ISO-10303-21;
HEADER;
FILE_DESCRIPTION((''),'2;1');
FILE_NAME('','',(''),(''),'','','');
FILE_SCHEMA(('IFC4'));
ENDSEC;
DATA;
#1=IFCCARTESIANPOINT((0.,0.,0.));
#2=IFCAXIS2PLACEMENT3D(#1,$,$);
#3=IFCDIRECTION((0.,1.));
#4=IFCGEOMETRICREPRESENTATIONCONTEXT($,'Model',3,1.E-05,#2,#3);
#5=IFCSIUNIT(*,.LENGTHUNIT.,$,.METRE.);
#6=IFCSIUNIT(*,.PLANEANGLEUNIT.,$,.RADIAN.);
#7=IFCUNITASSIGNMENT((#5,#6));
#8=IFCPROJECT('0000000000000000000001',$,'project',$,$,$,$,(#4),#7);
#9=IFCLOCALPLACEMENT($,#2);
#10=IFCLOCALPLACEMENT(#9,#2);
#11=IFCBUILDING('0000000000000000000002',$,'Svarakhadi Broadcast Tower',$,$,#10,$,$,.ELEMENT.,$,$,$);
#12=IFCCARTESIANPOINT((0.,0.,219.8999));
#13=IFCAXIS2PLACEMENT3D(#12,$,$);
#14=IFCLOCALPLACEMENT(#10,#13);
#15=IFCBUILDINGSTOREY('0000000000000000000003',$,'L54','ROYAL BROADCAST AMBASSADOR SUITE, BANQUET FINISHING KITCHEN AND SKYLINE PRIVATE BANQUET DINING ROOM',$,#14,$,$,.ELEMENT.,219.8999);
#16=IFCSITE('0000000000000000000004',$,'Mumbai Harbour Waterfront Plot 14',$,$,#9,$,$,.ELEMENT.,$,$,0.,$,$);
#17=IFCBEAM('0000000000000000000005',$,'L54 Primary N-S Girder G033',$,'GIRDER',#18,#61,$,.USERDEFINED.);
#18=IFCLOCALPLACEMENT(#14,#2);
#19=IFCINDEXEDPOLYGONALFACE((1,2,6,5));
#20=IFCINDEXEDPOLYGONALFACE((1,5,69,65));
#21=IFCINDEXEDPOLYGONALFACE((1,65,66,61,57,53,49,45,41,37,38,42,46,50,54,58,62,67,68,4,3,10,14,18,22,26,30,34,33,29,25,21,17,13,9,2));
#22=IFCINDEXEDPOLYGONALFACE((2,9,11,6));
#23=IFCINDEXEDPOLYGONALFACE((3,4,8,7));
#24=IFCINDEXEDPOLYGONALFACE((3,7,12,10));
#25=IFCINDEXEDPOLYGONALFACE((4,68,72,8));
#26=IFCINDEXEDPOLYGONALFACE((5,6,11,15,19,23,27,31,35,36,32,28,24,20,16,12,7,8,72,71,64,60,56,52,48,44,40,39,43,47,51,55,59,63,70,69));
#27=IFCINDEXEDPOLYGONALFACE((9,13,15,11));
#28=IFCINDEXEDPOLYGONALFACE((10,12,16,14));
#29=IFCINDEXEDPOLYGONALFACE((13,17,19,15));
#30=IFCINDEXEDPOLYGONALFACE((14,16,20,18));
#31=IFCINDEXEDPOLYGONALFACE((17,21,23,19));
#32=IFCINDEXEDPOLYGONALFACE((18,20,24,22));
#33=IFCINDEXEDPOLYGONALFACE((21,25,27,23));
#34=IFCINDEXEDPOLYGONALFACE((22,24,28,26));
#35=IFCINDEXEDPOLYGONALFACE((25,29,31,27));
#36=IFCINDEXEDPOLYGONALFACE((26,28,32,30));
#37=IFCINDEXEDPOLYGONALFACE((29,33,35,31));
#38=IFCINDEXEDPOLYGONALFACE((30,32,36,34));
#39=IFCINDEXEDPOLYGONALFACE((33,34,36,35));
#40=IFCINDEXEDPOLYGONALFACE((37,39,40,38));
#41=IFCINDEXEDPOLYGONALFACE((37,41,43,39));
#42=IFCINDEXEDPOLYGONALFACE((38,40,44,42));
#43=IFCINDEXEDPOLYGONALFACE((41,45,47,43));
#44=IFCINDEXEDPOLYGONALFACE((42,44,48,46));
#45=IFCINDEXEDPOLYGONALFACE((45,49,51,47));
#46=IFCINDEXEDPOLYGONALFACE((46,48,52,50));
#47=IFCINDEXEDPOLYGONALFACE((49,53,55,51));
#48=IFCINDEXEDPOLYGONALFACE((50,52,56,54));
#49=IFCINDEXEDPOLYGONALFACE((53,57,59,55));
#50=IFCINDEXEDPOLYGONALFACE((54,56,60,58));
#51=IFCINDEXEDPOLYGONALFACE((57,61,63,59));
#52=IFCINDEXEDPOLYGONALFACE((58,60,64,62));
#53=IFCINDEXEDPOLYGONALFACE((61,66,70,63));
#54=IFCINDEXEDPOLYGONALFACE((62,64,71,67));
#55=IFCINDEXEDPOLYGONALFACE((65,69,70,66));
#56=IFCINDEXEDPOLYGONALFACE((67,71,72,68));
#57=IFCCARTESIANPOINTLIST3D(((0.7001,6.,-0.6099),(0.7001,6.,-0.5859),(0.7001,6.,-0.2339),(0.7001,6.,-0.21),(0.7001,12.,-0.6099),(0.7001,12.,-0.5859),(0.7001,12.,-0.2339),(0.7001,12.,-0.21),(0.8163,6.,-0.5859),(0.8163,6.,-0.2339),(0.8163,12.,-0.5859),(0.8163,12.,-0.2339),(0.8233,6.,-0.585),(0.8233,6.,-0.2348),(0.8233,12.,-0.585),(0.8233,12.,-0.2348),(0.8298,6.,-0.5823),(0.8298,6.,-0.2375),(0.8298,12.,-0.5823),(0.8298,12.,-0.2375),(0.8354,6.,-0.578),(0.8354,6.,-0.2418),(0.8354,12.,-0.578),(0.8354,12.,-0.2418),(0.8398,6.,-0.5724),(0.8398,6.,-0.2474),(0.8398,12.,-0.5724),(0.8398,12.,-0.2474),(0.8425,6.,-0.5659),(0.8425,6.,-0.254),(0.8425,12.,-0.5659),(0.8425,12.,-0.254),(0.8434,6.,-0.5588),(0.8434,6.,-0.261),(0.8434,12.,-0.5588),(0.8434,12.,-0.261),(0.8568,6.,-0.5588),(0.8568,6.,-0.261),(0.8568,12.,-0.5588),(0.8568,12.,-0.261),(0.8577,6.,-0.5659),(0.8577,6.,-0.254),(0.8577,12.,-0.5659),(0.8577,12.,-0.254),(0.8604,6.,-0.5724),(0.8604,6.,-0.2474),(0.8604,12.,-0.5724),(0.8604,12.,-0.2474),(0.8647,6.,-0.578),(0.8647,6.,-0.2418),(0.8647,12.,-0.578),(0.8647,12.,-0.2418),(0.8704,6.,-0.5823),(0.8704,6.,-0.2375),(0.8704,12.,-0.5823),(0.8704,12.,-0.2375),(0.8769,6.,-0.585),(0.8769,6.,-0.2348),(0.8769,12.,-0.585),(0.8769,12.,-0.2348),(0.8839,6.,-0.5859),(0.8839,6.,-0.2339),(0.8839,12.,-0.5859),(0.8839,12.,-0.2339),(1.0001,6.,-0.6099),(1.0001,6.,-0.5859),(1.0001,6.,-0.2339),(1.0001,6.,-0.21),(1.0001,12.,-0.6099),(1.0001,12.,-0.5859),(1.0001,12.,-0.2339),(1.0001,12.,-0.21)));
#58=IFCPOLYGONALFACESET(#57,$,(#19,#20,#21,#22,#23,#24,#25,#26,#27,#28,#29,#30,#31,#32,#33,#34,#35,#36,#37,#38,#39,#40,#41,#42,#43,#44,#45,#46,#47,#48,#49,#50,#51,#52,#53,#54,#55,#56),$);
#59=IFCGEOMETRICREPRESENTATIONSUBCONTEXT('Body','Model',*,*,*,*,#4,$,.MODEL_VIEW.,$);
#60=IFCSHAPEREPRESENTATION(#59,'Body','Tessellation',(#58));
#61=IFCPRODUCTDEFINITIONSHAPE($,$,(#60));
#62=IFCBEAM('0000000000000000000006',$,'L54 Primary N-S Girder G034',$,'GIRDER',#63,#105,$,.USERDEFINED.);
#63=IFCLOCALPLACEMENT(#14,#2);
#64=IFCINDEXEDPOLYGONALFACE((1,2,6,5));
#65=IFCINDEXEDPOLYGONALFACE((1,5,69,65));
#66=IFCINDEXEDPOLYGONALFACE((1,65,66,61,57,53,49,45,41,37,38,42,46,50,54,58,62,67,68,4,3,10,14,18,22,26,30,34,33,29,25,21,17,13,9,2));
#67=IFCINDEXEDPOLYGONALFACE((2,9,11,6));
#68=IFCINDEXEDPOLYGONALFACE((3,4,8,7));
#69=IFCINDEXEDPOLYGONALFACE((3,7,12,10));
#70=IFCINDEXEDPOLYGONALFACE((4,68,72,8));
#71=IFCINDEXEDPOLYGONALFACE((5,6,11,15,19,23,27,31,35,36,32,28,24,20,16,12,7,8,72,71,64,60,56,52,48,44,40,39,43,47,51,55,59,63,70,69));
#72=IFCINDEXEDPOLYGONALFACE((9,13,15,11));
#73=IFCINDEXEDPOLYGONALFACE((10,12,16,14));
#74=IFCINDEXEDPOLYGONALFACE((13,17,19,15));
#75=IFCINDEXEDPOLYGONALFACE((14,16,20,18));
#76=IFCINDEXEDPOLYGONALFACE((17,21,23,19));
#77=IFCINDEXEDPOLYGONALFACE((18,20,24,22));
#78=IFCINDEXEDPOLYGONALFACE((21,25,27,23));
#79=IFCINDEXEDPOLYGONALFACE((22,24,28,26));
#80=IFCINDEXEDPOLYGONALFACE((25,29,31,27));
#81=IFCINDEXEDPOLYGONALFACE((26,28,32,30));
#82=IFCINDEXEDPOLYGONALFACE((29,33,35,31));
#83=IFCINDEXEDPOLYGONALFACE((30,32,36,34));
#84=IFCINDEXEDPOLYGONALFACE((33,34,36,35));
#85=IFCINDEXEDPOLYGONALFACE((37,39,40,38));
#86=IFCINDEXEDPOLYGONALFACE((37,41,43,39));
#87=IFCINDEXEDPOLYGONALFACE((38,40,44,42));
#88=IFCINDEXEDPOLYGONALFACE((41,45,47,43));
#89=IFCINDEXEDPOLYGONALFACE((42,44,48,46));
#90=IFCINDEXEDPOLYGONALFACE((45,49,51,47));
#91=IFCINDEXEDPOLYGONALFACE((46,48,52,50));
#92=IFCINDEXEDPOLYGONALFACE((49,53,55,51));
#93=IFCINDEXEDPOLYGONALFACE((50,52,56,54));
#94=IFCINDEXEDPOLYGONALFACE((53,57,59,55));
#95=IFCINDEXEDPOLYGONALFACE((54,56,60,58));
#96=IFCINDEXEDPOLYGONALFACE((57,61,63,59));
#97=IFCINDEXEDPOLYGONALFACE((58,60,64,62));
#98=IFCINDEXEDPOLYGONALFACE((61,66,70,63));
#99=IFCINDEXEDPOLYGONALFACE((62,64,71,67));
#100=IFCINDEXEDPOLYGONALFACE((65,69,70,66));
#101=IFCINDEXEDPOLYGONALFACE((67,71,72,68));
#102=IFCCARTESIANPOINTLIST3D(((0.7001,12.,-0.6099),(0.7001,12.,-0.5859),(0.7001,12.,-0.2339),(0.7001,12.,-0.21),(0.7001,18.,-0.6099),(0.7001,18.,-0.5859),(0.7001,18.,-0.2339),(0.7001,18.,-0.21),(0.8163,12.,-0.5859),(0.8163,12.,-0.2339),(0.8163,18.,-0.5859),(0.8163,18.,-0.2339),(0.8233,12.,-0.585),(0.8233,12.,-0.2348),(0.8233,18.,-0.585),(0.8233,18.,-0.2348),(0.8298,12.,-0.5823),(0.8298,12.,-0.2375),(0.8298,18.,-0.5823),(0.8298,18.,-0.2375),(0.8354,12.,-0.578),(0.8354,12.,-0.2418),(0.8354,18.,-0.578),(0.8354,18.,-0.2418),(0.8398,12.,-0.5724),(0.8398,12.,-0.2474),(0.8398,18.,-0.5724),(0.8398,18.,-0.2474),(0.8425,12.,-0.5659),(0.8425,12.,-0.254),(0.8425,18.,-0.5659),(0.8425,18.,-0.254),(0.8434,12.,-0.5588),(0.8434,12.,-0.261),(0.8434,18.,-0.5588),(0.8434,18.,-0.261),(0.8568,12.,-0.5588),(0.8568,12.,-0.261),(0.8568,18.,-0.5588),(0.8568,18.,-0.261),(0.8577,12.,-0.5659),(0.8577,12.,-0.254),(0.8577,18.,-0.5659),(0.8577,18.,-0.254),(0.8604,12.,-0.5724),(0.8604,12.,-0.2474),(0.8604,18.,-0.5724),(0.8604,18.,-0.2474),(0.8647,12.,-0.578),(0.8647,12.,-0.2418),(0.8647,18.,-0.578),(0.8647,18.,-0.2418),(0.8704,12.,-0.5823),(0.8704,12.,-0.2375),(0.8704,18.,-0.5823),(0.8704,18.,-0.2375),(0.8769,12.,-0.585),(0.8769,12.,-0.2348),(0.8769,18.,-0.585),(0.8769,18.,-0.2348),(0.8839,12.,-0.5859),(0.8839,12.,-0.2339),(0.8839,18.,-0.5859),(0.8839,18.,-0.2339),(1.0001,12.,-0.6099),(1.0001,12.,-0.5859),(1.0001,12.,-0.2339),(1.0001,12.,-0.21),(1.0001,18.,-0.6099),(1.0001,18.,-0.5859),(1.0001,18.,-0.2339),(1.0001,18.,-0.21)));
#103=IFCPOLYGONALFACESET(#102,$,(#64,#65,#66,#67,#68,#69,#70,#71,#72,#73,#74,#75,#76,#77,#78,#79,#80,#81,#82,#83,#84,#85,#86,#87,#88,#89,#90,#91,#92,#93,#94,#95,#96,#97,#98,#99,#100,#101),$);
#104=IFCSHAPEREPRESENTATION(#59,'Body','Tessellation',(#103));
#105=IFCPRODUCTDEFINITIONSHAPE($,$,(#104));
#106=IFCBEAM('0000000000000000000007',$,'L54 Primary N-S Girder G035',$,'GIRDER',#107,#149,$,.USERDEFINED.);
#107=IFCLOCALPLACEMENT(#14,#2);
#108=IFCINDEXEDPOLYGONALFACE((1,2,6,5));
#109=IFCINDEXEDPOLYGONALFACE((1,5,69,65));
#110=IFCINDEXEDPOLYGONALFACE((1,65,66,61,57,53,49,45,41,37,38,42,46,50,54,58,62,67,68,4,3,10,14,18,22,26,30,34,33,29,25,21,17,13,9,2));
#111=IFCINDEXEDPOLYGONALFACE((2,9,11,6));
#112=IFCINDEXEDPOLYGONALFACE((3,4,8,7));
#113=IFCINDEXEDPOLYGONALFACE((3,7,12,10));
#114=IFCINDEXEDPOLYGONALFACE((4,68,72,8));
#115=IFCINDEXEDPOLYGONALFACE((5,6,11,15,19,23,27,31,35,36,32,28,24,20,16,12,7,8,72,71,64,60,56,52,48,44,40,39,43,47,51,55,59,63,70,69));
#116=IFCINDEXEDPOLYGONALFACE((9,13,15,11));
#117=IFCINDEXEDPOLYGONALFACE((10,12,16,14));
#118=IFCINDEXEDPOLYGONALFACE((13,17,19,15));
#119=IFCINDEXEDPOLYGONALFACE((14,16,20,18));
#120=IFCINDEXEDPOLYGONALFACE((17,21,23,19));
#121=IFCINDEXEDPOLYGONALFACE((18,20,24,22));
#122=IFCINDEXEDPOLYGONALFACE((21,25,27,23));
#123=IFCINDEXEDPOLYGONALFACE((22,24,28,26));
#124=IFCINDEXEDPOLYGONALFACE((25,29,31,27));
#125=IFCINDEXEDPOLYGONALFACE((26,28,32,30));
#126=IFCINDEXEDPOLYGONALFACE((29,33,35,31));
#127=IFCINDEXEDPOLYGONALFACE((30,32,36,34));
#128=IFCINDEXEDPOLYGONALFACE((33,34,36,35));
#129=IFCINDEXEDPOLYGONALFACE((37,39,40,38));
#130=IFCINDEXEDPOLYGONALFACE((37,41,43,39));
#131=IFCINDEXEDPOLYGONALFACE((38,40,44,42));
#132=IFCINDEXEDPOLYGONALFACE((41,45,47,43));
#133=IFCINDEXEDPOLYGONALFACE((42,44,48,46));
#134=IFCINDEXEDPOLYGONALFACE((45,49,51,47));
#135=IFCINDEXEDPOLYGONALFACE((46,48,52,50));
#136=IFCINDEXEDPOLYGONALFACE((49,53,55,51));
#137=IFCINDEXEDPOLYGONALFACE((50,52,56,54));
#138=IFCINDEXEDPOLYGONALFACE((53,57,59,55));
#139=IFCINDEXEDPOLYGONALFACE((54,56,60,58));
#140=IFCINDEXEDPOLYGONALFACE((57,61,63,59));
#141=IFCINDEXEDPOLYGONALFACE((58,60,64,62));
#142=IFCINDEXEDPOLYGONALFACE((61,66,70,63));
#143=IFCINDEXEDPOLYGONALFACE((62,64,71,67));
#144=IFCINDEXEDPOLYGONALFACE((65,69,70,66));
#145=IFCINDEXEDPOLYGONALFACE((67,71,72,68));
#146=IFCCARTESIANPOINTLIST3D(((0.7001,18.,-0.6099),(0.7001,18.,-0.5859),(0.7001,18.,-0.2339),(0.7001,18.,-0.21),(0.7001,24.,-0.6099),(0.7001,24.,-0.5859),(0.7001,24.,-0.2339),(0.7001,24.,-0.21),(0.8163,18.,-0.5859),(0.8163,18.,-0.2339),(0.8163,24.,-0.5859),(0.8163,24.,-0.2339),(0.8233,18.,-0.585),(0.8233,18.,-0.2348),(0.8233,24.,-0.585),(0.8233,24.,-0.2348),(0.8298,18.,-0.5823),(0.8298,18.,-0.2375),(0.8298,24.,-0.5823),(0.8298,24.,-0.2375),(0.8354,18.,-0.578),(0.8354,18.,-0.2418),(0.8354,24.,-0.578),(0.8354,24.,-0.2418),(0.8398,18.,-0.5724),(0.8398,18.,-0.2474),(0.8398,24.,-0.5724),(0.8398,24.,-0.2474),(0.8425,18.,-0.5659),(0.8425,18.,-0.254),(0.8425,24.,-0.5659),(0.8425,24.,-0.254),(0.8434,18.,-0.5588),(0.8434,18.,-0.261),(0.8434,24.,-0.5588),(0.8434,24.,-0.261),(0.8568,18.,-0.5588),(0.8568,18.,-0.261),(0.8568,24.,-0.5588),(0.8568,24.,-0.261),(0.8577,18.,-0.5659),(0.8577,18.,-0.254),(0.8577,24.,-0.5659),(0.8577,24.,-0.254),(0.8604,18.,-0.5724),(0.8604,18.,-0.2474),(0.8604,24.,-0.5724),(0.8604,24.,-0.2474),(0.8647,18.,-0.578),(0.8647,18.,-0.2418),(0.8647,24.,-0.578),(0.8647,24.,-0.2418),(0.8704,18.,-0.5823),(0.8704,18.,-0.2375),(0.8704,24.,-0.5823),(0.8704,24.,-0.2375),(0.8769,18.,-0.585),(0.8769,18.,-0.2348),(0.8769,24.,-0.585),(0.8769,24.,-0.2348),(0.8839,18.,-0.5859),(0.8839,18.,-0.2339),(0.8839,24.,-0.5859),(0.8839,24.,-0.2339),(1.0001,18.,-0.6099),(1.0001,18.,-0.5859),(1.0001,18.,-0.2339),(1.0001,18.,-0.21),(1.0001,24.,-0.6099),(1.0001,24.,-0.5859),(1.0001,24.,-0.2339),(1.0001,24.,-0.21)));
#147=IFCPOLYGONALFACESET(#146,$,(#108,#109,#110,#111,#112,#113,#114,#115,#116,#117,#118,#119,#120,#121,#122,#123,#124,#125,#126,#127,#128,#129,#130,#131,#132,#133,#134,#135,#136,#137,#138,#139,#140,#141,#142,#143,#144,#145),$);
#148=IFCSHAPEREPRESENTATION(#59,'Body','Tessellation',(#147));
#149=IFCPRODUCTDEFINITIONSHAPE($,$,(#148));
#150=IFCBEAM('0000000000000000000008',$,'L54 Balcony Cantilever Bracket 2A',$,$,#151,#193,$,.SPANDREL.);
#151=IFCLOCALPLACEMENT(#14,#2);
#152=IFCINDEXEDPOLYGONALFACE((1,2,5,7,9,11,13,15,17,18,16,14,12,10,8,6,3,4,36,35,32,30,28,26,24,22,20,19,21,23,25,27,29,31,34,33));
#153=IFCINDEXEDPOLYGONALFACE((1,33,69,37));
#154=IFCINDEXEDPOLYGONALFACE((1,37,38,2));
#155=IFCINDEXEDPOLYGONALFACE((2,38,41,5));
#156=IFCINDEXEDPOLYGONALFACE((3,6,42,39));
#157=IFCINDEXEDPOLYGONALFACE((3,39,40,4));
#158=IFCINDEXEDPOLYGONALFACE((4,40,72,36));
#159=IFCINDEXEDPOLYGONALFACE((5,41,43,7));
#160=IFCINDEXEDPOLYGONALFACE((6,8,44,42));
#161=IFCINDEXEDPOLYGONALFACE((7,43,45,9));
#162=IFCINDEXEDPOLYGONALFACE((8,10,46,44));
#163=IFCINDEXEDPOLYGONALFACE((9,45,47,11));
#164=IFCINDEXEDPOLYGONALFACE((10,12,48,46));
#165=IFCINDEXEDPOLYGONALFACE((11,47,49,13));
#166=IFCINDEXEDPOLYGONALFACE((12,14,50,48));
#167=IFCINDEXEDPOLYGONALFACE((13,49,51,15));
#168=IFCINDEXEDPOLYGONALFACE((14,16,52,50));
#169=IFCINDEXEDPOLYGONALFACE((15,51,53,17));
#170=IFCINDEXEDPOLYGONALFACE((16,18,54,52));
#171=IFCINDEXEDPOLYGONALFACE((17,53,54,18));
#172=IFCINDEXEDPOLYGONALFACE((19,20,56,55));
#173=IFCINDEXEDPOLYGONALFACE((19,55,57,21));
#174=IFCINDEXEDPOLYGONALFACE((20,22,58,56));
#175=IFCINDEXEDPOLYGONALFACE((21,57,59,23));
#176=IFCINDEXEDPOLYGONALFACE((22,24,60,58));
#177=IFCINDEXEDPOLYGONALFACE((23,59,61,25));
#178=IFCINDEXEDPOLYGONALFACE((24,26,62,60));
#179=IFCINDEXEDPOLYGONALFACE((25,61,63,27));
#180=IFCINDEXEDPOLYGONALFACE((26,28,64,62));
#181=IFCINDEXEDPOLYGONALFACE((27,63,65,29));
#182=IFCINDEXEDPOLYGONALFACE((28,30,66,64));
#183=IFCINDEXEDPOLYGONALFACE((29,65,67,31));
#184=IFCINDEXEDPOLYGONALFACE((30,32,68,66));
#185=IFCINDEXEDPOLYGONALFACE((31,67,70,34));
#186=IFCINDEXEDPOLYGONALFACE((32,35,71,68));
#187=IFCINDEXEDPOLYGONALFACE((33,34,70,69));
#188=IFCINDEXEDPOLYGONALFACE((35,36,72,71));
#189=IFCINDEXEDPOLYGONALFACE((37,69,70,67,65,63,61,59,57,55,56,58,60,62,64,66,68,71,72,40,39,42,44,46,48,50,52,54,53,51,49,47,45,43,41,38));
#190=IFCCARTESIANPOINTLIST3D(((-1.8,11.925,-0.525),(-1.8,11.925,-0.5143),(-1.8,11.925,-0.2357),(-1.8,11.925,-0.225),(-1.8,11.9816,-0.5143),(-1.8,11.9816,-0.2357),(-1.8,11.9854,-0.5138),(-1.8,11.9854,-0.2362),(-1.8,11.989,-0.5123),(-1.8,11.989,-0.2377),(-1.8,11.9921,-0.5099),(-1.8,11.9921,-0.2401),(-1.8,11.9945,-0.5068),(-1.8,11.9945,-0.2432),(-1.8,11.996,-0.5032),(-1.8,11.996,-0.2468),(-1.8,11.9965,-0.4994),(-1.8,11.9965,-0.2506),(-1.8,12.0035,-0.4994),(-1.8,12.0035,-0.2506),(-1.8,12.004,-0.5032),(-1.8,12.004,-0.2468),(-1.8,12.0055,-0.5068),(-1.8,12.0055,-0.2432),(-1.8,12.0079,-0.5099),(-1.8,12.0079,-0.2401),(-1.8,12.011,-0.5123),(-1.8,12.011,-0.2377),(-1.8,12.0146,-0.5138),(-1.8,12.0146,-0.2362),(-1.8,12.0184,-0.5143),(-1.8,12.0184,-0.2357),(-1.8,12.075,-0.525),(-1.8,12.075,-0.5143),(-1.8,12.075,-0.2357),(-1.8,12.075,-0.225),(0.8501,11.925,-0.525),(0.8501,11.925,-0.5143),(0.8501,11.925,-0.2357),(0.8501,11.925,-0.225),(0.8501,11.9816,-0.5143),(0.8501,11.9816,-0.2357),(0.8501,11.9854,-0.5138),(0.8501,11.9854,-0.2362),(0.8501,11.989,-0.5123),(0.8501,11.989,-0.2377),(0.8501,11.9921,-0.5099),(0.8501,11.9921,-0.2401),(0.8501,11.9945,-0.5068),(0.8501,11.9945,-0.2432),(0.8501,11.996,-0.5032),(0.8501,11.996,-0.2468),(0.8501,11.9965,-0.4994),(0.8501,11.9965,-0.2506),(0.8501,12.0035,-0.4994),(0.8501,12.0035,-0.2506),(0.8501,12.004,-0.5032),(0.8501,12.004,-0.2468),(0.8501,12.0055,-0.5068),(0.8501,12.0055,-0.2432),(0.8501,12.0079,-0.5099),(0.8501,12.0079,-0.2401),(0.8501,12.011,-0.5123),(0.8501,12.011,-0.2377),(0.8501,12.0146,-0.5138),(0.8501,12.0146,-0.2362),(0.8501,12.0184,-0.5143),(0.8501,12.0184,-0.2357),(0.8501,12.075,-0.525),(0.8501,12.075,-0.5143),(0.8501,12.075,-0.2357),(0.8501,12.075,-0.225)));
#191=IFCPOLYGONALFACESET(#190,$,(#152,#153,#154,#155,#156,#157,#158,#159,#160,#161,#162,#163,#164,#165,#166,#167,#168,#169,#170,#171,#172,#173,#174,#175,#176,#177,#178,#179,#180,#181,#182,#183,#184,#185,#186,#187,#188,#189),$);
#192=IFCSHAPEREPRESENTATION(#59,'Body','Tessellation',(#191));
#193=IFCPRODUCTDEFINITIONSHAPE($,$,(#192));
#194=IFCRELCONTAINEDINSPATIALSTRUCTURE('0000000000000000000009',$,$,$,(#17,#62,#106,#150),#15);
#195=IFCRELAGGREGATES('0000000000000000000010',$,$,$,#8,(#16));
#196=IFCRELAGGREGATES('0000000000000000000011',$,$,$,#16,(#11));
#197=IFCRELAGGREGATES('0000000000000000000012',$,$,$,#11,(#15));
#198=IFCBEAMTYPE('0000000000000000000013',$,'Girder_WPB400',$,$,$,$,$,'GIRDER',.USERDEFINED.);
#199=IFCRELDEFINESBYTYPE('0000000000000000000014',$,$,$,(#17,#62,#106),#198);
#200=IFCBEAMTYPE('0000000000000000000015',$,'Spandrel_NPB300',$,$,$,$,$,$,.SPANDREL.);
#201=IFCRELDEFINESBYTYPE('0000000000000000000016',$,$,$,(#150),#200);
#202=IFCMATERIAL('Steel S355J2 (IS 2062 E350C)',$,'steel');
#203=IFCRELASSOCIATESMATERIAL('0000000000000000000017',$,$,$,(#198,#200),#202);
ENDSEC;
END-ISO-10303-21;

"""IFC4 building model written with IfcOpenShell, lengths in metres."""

from ifc_helpers import new_model, si_unit, direction, frame, origin, origin_2d, place, context, subcontext, project, spatial, i_section, extrude, material, material_profile, profile_set, type_object, element, save


model = new_model("IFC4")

# Units and contexts
model_context = context("Model", 3, precision=1e-05, world=origin(), true_north=direction((0.0, 1.0)))
body_context = subcontext(model_context, "Body", "Model", "MODEL_VIEW")
ifc_project = project(units=[si_unit("LENGTHUNIT", "METRE"), si_unit("PLANEANGLEUNIT", "RADIAN")], contexts=[model_context])

# Site, building, storey
site_placement = place(None, origin())
site = spatial("IfcSite", under=ifc_project, at=site_placement, Name="Mumbai Harbour Waterfront Plot 14", CompositionType="ELEMENT", RefElevation=0.0)
building_placement = place(site_placement, origin())
building = spatial("IfcBuilding", under=site, at=building_placement, Name="Svarakhadi Broadcast Tower", CompositionType="ELEMENT")
storey_placement = place(building_placement, frame((0.0, 0.0, 219.8999)))
storey = spatial("IfcBuildingStorey", under=building, at=storey_placement, Name="L54", Description="ROYAL BROADCAST AMBASSADOR SUITE, BANQUET FINISHING KITCHEN AND SKYLINE PRIVATE BANQUET DINING ROOM", CompositionType="ELEMENT", Elevation=219.8999)

# Beams
ifc_material_1 = material(Name="Steel S355J2 (IS 2062 E350C)", Category="steel")
ifc_material_profile_1 = material_profile(ifc_material_1, i_section(OverallWidth=0.3, OverallDepth=0.3999, WebThickness=0.0134, FlangeThickness=0.0239, FilletRadius=0.0271, at=origin_2d()), Name="WPB 400x300x155")
ifc_profile_set_1 = profile_set([ifc_material_profile_1], Name="Steel S355J2 (IS 2062 E350C)")
beam_type_1 = type_object("IfcBeamType", Name="Girder_WPB400", ElementType="GIRDER", PredefinedType="USERDEFINED", material=ifc_profile_set_1)
for number, where, z_axis, x_axis, name in (
    (1, (0.8501, 6.0, -0.4099), (0.0, 1.0, 0.0), (-1.0, 0.0, 0.0), "L54 Primary N-S Girder G033"),
    (2, (0.8501, 12.0, -0.4099), (0.0, 1.0, 0.0), (-1.0, 0.0, 0.0), "L54 Primary N-S Girder G034"),
    (3, (0.8501, 18.0, -0.4099), (0.0, 1.0, 0.0), (-1.0, 0.0, 0.0), "L54 Primary N-S Girder G035"),
):
    element("IfcBeam", number, at=place(storey_placement, frame(where, z_axis=z_axis, x_axis=x_axis)), inside=storey, type_object=beam_type_1, Name=name, ObjectType="GIRDER", PredefinedType="USERDEFINED", context=body_context, shape_type="SweptSolid", body=[
        extrude(i_section(OverallWidth=0.3, OverallDepth=0.3999, WebThickness=0.0134, FlangeThickness=0.0239, FilletRadius=0.0271, at=origin_2d()), origin(), (0.0, 0.0, 1.0), 6.0),
    ])
ifc_material_profile_2 = material_profile(ifc_material_1, i_section(OverallWidth=0.1499, OverallDepth=0.3, WebThickness=0.0071, FlangeThickness=0.0107, FilletRadius=0.0149, at=origin_2d()), Name="NPB 300x150x37")
ifc_profile_set_2 = profile_set([ifc_material_profile_2], Name="Steel S355J2 (IS 2062 E350C)")
beam_type_2 = type_object("IfcBeamType", Name="Spandrel_NPB300", PredefinedType="SPANDREL", material=ifc_profile_set_2)
beam_1_placement = place(storey_placement, frame((0.8501, 12.0, -0.375), z_axis=(-1.0, 0.0, 0.0), x_axis=(0.0, -1.0, 0.0)))
element("IfcBeam", 4, at=beam_1_placement, inside=storey, type_object=beam_type_2, Name="L54 Balcony Cantilever Bracket 2A", PredefinedType="SPANDREL", context=body_context, shape_type="SweptSolid", body=[
    extrude(i_section(OverallWidth=0.1499, OverallDepth=0.3, WebThickness=0.0071, FlangeThickness=0.0107, FilletRadius=0.0149, at=origin_2d()), origin(), (0.0, 0.0, 1.0), 2.6501),
])

save(model, "model.ifc")
